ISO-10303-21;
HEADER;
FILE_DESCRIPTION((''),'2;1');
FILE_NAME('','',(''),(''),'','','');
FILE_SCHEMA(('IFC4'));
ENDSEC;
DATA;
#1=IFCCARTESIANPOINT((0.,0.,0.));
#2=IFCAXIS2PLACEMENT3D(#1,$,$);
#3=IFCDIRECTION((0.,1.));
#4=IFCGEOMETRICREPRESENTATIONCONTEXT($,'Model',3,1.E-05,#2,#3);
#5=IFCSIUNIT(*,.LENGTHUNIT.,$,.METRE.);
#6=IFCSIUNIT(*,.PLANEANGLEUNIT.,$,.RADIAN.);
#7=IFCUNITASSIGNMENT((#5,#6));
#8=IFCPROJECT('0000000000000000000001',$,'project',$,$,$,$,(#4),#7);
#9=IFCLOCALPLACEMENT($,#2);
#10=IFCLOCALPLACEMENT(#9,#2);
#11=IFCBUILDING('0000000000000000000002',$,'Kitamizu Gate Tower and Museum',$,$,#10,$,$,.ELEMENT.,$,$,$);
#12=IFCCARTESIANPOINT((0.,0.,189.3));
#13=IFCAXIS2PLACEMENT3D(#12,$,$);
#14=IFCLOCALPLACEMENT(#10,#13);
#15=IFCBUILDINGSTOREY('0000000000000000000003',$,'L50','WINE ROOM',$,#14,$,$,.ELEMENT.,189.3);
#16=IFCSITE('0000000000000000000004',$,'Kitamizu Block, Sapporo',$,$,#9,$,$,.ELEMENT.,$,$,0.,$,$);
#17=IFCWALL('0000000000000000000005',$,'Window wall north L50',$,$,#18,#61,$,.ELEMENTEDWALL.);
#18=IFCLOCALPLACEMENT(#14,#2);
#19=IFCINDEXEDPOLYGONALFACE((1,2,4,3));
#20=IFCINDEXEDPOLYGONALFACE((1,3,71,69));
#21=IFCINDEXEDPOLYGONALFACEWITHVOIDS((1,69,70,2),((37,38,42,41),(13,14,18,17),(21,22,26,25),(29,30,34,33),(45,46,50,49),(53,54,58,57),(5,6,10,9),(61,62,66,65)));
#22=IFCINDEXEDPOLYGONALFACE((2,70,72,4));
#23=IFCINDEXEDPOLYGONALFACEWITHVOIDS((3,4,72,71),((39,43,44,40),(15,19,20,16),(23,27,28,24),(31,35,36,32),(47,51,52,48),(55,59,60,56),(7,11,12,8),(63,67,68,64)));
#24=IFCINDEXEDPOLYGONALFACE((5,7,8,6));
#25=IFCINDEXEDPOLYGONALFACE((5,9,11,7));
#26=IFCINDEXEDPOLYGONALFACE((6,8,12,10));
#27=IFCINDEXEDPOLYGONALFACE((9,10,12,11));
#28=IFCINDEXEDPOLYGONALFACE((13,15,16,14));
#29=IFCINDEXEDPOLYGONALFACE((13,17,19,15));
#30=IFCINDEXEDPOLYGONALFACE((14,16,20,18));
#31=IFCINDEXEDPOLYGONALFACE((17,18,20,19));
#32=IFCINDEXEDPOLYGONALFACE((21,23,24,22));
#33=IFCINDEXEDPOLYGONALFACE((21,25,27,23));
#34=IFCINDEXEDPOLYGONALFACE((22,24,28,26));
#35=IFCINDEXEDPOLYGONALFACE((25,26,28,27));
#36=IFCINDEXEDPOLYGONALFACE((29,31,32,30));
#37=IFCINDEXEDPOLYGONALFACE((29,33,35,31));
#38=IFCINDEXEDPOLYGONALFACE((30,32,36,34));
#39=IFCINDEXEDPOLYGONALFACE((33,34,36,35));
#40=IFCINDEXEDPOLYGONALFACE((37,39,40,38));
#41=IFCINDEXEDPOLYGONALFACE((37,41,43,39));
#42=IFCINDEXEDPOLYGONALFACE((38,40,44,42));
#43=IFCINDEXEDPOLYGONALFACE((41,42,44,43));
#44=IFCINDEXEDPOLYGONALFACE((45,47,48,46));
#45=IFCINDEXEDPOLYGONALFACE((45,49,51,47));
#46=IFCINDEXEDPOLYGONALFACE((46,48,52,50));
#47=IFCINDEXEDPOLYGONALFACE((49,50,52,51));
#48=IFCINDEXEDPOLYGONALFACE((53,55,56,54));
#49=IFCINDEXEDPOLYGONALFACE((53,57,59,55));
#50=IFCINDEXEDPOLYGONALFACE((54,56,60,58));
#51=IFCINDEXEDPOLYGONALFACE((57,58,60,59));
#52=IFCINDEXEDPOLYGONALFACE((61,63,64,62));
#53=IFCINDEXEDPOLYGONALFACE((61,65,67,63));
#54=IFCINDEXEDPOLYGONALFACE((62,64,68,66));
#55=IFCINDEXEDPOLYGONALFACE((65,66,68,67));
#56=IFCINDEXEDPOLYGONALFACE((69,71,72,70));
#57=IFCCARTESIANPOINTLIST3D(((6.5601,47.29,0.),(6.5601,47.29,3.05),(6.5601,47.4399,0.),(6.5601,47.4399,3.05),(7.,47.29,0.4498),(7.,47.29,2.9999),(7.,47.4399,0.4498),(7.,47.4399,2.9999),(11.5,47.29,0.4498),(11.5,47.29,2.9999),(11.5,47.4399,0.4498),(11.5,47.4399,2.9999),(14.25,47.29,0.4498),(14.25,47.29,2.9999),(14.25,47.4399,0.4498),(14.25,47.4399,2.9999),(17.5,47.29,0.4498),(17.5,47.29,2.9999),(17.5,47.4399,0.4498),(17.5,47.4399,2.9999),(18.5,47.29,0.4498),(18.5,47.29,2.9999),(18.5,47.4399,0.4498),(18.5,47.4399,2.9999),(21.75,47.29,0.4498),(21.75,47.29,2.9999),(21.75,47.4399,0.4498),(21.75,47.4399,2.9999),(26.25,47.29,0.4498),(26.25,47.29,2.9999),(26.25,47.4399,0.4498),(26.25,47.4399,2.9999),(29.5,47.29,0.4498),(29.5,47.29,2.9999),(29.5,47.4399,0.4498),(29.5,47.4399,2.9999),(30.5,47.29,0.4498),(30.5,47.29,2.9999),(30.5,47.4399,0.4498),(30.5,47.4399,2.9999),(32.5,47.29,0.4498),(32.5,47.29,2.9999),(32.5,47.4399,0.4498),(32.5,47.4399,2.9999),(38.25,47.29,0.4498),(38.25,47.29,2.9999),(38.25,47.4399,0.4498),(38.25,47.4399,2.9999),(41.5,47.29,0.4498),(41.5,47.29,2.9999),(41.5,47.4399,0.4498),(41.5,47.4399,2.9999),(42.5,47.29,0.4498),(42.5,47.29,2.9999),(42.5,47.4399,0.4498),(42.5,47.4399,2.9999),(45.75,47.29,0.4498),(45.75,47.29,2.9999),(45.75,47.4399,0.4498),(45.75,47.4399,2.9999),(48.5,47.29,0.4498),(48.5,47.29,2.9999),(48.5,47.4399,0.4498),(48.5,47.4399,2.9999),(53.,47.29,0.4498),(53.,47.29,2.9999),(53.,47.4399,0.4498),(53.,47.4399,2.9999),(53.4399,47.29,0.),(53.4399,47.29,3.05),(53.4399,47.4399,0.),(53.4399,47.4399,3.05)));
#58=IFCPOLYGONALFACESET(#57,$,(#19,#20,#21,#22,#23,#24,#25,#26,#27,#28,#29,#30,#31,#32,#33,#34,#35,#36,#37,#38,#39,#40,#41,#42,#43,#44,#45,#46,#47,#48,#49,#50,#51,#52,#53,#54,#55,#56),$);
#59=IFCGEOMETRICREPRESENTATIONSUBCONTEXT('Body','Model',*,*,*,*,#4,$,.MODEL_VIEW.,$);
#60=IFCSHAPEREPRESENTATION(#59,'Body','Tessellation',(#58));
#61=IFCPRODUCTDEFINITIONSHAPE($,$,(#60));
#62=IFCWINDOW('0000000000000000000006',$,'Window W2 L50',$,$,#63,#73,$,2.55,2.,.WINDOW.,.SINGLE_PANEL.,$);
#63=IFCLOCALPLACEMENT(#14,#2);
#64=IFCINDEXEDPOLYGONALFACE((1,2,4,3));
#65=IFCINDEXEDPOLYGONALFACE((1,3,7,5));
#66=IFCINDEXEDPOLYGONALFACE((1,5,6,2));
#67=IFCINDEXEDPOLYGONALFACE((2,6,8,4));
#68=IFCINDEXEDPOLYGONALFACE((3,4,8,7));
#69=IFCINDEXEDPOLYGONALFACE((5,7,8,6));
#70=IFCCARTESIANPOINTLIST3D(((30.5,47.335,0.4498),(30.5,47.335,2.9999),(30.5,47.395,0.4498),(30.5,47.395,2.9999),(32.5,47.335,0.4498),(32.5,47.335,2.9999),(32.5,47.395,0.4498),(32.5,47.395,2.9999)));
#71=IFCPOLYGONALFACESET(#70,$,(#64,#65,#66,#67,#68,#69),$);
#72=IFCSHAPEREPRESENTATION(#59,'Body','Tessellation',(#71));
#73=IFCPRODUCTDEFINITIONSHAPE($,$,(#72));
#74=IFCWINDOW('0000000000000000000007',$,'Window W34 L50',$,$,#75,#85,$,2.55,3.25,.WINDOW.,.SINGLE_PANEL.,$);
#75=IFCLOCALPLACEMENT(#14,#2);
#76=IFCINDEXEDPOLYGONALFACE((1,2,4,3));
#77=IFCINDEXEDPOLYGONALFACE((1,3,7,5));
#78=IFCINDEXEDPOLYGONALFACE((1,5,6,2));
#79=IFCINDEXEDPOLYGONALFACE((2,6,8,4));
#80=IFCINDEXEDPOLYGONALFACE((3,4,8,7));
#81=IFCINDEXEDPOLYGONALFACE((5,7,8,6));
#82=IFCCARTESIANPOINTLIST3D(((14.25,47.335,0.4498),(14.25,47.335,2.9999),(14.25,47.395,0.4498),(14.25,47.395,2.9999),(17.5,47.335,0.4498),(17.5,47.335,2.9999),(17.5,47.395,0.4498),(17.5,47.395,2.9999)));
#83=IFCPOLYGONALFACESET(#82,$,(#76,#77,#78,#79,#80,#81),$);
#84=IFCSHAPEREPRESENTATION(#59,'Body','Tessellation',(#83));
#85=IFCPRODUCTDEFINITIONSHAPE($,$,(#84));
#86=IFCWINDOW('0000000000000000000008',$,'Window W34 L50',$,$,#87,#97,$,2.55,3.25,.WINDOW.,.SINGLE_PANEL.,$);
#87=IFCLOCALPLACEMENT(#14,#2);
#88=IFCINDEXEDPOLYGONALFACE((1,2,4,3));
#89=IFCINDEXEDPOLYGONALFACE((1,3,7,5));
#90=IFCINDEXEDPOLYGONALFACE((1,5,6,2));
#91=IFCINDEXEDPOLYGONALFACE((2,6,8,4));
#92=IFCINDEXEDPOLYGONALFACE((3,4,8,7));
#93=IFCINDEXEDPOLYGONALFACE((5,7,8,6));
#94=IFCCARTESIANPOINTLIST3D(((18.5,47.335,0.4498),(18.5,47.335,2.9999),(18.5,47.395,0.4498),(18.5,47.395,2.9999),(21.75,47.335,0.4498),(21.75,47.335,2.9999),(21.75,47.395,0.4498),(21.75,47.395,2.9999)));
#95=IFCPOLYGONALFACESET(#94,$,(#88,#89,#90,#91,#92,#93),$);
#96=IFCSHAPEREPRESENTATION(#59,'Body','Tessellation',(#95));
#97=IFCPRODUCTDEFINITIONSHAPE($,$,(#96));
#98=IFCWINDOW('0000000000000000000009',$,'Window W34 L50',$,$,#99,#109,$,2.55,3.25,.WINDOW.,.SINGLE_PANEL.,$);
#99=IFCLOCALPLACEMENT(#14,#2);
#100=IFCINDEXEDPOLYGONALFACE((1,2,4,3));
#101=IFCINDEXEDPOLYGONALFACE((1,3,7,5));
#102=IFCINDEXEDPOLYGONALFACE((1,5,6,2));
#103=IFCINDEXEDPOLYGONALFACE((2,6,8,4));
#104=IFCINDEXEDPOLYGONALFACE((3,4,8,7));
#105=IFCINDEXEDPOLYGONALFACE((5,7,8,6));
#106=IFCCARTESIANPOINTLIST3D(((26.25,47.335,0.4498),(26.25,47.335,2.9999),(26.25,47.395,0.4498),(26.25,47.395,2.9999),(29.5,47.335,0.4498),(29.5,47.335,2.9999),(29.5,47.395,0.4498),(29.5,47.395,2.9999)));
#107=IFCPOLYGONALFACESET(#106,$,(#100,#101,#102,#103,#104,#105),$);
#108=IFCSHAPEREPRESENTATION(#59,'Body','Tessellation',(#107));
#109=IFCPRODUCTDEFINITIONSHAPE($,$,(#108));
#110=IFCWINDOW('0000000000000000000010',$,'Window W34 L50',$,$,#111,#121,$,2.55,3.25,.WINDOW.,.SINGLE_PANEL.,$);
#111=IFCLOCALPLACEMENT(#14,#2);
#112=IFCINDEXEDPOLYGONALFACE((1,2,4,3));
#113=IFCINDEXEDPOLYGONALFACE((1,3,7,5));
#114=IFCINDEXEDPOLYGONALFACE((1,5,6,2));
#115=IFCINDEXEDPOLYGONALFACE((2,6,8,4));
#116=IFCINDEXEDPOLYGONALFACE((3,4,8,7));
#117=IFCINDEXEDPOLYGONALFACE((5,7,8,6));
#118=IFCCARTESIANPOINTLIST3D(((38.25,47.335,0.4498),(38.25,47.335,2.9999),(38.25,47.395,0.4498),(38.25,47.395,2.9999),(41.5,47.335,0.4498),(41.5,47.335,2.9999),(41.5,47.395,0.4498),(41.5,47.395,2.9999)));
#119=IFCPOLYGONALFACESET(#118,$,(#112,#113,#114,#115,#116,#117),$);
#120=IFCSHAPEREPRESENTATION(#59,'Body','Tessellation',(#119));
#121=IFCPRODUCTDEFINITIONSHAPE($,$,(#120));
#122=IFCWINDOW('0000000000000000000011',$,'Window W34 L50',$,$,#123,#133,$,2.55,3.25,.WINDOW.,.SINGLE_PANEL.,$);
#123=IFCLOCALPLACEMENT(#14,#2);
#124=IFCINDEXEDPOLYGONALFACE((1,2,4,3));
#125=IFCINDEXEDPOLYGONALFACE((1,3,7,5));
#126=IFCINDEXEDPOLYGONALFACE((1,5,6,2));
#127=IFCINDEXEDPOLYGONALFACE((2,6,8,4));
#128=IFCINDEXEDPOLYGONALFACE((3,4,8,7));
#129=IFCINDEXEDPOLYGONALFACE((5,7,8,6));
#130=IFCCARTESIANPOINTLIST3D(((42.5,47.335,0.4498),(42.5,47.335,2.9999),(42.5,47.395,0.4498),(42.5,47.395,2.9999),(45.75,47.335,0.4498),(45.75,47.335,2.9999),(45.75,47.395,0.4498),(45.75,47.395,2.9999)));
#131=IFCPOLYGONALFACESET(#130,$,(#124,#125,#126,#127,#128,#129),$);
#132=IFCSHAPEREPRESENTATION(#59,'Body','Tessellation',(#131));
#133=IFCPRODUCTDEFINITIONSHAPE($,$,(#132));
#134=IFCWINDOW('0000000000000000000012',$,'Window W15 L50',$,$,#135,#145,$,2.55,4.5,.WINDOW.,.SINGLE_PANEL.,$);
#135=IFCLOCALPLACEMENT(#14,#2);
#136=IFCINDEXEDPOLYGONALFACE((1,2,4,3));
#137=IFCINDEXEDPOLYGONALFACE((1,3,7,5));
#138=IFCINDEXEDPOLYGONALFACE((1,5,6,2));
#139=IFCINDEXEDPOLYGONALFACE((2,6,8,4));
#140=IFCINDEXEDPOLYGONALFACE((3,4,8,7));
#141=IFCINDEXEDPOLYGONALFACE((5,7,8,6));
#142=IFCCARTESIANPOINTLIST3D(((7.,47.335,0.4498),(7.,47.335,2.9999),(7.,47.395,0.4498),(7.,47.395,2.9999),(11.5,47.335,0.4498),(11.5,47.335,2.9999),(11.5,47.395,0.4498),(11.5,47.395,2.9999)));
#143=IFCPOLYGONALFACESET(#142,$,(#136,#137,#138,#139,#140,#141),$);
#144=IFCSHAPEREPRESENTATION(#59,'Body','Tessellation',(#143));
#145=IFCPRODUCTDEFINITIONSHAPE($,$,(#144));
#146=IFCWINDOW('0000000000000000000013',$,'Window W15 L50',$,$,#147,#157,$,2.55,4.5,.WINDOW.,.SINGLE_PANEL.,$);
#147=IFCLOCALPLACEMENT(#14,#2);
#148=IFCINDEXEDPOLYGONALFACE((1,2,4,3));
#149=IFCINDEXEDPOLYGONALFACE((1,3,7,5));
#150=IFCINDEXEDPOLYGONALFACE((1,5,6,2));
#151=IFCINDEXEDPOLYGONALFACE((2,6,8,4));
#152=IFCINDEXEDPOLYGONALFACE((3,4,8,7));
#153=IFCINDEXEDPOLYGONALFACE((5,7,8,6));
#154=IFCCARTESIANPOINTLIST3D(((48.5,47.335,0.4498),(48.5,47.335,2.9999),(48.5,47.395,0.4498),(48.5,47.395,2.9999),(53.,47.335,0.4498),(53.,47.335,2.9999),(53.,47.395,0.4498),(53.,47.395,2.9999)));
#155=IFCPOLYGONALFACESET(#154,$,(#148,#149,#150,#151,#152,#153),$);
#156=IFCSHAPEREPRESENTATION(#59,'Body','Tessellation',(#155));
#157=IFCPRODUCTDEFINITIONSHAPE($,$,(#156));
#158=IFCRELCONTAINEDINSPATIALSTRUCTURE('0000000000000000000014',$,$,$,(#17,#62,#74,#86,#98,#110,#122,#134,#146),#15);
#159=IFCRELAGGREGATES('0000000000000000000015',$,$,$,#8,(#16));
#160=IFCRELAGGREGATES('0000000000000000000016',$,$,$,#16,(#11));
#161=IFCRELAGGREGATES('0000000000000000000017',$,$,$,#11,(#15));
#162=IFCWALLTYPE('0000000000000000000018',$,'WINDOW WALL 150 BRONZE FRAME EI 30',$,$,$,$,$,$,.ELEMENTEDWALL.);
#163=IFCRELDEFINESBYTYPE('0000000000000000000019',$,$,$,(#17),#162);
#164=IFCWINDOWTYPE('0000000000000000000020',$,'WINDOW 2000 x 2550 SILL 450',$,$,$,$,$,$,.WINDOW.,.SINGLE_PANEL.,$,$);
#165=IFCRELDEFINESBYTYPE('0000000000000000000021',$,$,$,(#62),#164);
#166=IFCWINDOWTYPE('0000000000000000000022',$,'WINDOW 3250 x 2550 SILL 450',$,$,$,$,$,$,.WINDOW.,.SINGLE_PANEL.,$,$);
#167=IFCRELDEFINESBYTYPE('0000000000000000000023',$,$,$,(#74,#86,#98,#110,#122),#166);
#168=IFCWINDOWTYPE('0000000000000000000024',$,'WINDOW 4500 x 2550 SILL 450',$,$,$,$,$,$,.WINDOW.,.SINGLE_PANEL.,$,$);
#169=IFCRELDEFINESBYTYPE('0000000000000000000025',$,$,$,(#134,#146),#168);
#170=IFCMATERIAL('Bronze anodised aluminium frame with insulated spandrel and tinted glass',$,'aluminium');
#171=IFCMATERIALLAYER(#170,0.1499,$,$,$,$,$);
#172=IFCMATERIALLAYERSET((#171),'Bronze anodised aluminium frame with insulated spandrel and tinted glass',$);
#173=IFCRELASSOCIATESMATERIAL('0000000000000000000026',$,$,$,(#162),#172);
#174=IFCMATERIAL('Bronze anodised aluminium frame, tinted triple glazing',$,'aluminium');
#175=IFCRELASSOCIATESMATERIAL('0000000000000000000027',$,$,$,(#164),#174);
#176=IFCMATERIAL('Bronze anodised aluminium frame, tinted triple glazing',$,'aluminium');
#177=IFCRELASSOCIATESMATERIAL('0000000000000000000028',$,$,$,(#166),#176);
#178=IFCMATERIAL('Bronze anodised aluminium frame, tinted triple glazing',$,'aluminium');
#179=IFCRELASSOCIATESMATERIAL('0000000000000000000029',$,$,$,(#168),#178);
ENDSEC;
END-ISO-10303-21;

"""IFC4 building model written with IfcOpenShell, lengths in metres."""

from ifc_helpers import new_model, si_unit, direction, frame, frame_2d, origin, place, context, subcontext, project, spatial, rectangle, extrude, material, layer, layer_set, type_object, element, fill, save


model = new_model("IFC4")

# Units and contexts
model_context = context("Model", 3, precision=1e-05, world=origin(), true_north=direction((0.0, 1.0)))
body_context = subcontext(model_context, "Body", "Model", "MODEL_VIEW")
ifc_project = project(units=[si_unit("LENGTHUNIT", "METRE"), si_unit("PLANEANGLEUNIT", "RADIAN")], contexts=[model_context])

# Site, building, storey
site_placement = place(None, origin())
site = spatial("IfcSite", under=ifc_project, at=site_placement, Name="Kitamizu Block, Sapporo", CompositionType="ELEMENT", RefElevation=0.0)
building_placement = place(site_placement, origin())
building = spatial("IfcBuilding", under=site, at=building_placement, Name="Kitamizu Gate Tower and Museum", CompositionType="ELEMENT")
storey_placement = place(building_placement, frame((0.0, 0.0, 189.3)))
storey = spatial("IfcBuildingStorey", under=building, at=storey_placement, Name="L50", Description="WINE ROOM", CompositionType="ELEMENT", Elevation=189.3)

# Wall, openings, windows
ifc_material_1 = material(Name="Bronze anodised aluminium frame with insulated spandrel and tinted glass", Category="aluminium")
ifc_layer_1 = layer(ifc_material_1, 0.1499)
ifc_layer_set_1 = layer_set([ifc_layer_1], Name="Bronze anodised aluminium frame with insulated spandrel and tinted glass")
wall_type_1 = type_object("IfcWallType", Name="WINDOW WALL 150 BRONZE FRAME EI 30", PredefinedType="ELEMENTEDWALL", material=ifc_layer_set_1)
wall_1_placement = place(storey_placement, frame((6.5601, 47.365, 0.0), z_axis=(0.0, 0.0, 1.0), x_axis=(1.0, 0.0, 0.0)))
wall_1 = element("IfcWall", 1, at=wall_1_placement, inside=storey, type_object=wall_type_1, Name="Window wall north L50", PredefinedType="ELEMENTEDWALL", context=body_context, shape_type="SweptSolid", body=[
    extrude(rectangle(XDim=46.8799, YDim=0.1499, at=frame_2d((23.4399, 0.0))), origin(), (0.0, 0.0, 1.0), 3.05),
])
opening_1_placement = place(wall_1_placement, frame((0.4399, 0.0, 0.45)))
opening_1 = element("IfcOpeningElement", 2, at=opening_1_placement, cuts=wall_1, PredefinedType="OPENING", context=body_context, shape_type="SweptSolid", body=[
    extrude(rectangle(XDim=4.5, YDim=2.55, at=frame_2d((2.25, 1.2749))), frame((0.0, 0.085, 0.0), z_axis=(0.0, -1.0, 0.0), x_axis=(1.0, 0.0, 0.0)), (0.0, 0.0, 1.0), 0.1699),
])
opening_2_placement = place(wall_1_placement, frame((7.6899, 0.0, 0.45)))
opening_2 = element("IfcOpeningElement", 3, at=opening_2_placement, cuts=wall_1, PredefinedType="OPENING", context=body_context, shape_type="SweptSolid", body=[
    extrude(rectangle(XDim=3.25, YDim=2.55, at=frame_2d((1.625, 1.2749))), frame((0.0, 0.085, 0.0), z_axis=(0.0, -1.0, 0.0), x_axis=(1.0, 0.0, 0.0)), (0.0, 0.0, 1.0), 0.1699),
])
opening_3_placement = place(wall_1_placement, frame((11.9399, 0.0, 0.45)))
opening_3 = element("IfcOpeningElement", 4, at=opening_3_placement, cuts=wall_1, PredefinedType="OPENING", context=body_context, shape_type="SweptSolid", body=[
    extrude(rectangle(XDim=3.25, YDim=2.55, at=frame_2d((1.625, 1.2749))), frame((0.0, 0.085, 0.0), z_axis=(0.0, -1.0, 0.0), x_axis=(1.0, 0.0, 0.0)), (0.0, 0.0, 1.0), 0.1699),
])
opening_4_placement = place(wall_1_placement, frame((19.6899, 0.0, 0.45)))
opening_4 = element("IfcOpeningElement", 5, at=opening_4_placement, cuts=wall_1, PredefinedType="OPENING", context=body_context, shape_type="SweptSolid", body=[
    extrude(rectangle(XDim=3.25, YDim=2.55, at=frame_2d((1.625, 1.2749))), frame((0.0, 0.085, 0.0), z_axis=(0.0, -1.0, 0.0), x_axis=(1.0, 0.0, 0.0)), (0.0, 0.0, 1.0), 0.1699),
])
opening_5_placement = place(wall_1_placement, frame((23.9399, 0.0, 0.45)))
opening_5 = element("IfcOpeningElement", 6, at=opening_5_placement, cuts=wall_1, PredefinedType="OPENING", context=body_context, shape_type="SweptSolid", body=[
    extrude(rectangle(XDim=2.0, YDim=2.55, at=frame_2d((1.0, 1.2749))), frame((0.0, 0.085, 0.0), z_axis=(0.0, -1.0, 0.0), x_axis=(1.0, 0.0, 0.0)), (0.0, 0.0, 1.0), 0.1699),
])
opening_6_placement = place(wall_1_placement, frame((31.6899, 0.0, 0.45)))
opening_6 = element("IfcOpeningElement", 7, at=opening_6_placement, cuts=wall_1, PredefinedType="OPENING", context=body_context, shape_type="SweptSolid", body=[
    extrude(rectangle(XDim=3.25, YDim=2.55, at=frame_2d((1.625, 1.2749))), frame((0.0, 0.085, 0.0), z_axis=(0.0, -1.0, 0.0), x_axis=(1.0, 0.0, 0.0)), (0.0, 0.0, 1.0), 0.1699),
])
opening_7_placement = place(wall_1_placement, frame((35.9399, 0.0, 0.45)))
opening_7 = element("IfcOpeningElement", 8, at=opening_7_placement, cuts=wall_1, PredefinedType="OPENING", context=body_context, shape_type="SweptSolid", body=[
    extrude(rectangle(XDim=3.25, YDim=2.55, at=frame_2d((1.625, 1.2749))), frame((0.0, 0.085, 0.0), z_axis=(0.0, -1.0, 0.0), x_axis=(1.0, 0.0, 0.0)), (0.0, 0.0, 1.0), 0.1699),
])
opening_8_placement = place(wall_1_placement, frame((41.9399, 0.0, 0.45)))
opening_8 = element("IfcOpeningElement", 9, at=opening_8_placement, cuts=wall_1, PredefinedType="OPENING", context=body_context, shape_type="SweptSolid", body=[
    extrude(rectangle(XDim=4.5, YDim=2.55, at=frame_2d((2.25, 1.2749))), frame((0.0, 0.085, 0.0), z_axis=(0.0, -1.0, 0.0), x_axis=(1.0, 0.0, 0.0)), (0.0, 0.0, 1.0), 0.1699),
])
ifc_material_2 = material(Name="Bronze anodised aluminium frame, tinted triple glazing", Category="aluminium")
window_type_1 = type_object("IfcWindowType", Name="WINDOW 2000 x 2550 SILL 450", PartitioningType="SINGLE_PANEL", PredefinedType="WINDOW", material=ifc_material_2)
window_1_placement = place(opening_5_placement, origin())
window_1 = element("IfcWindow", 10, at=window_1_placement, inside=storey, type_object=window_type_1, Name="Window W2 L50", OverallHeight=2.55, OverallWidth=2.0, PartitioningType="SINGLE_PANEL", PredefinedType="WINDOW", context=body_context, shape_type="SweptSolid", body=[
    extrude(rectangle(XDim=2.0, YDim=2.55, at=frame_2d((1.0, 1.2749))), frame((0.0, 0.03, 0.0), z_axis=(0.0, -1.0, 0.0), x_axis=(1.0, 0.0, 0.0)), (0.0, 0.0, 1.0), 0.0601),
])
fill(opening_5, window_1)
ifc_material_3 = material(Name="Bronze anodised aluminium frame, tinted triple glazing", Category="aluminium")
window_type_2 = type_object("IfcWindowType", Name="WINDOW 3250 x 2550 SILL 450", PartitioningType="SINGLE_PANEL", PredefinedType="WINDOW", material=ifc_material_3)
window_2_placement = place(opening_2_placement, origin())
window_2 = element("IfcWindow", 11, at=window_2_placement, inside=storey, type_object=window_type_2, Name="Window W34 L50", OverallHeight=2.55, OverallWidth=3.25, PartitioningType="SINGLE_PANEL", PredefinedType="WINDOW", context=body_context, shape_type="SweptSolid", body=[
    extrude(rectangle(XDim=3.25, YDim=2.55, at=frame_2d((1.625, 1.2749))), frame((0.0, 0.03, 0.0), z_axis=(0.0, -1.0, 0.0), x_axis=(1.0, 0.0, 0.0)), (0.0, 0.0, 1.0), 0.0601),
])
fill(opening_2, window_2)
window_3_placement = place(opening_3_placement, origin())
window_3 = element("IfcWindow", 12, at=window_3_placement, inside=storey, type_object=window_type_2, Name="Window W34 L50", OverallHeight=2.55, OverallWidth=3.25, PartitioningType="SINGLE_PANEL", PredefinedType="WINDOW", context=body_context, shape_type="SweptSolid", body=[
    extrude(rectangle(XDim=3.25, YDim=2.55, at=frame_2d((1.625, 1.2749))), frame((0.0, 0.03, 0.0), z_axis=(0.0, -1.0, 0.0), x_axis=(1.0, 0.0, 0.0)), (0.0, 0.0, 1.0), 0.0601),
])
fill(opening_3, window_3)
window_4_placement = place(opening_4_placement, origin())
window_4 = element("IfcWindow", 13, at=window_4_placement, inside=storey, type_object=window_type_2, Name="Window W34 L50", OverallHeight=2.55, OverallWidth=3.25, PartitioningType="SINGLE_PANEL", PredefinedType="WINDOW", context=body_context, shape_type="SweptSolid", body=[
    extrude(rectangle(XDim=3.25, YDim=2.55, at=frame_2d((1.625, 1.2749))), frame((0.0, 0.03, 0.0), z_axis=(0.0, -1.0, 0.0), x_axis=(1.0, 0.0, 0.0)), (0.0, 0.0, 1.0), 0.0601),
])
fill(opening_4, window_4)
window_5_placement = place(opening_6_placement, origin())
window_5 = element("IfcWindow", 14, at=window_5_placement, inside=storey, type_object=window_type_2, Name="Window W34 L50", OverallHeight=2.55, OverallWidth=3.25, PartitioningType="SINGLE_PANEL", PredefinedType="WINDOW", context=body_context, shape_type="SweptSolid", body=[
    extrude(rectangle(XDim=3.25, YDim=2.55, at=frame_2d((1.625, 1.2749))), frame((0.0, 0.03, 0.0), z_axis=(0.0, -1.0, 0.0), x_axis=(1.0, 0.0, 0.0)), (0.0, 0.0, 1.0), 0.0601),
])
fill(opening_6, window_5)
window_6_placement = place(opening_7_placement, origin())
window_6 = element("IfcWindow", 15, at=window_6_placement, inside=storey, type_object=window_type_2, Name="Window W34 L50", OverallHeight=2.55, OverallWidth=3.25, PartitioningType="SINGLE_PANEL", PredefinedType="WINDOW", context=body_context, shape_type="SweptSolid", body=[
    extrude(rectangle(XDim=3.25, YDim=2.55, at=frame_2d((1.625, 1.2749))), frame((0.0, 0.03, 0.0), z_axis=(0.0, -1.0, 0.0), x_axis=(1.0, 0.0, 0.0)), (0.0, 0.0, 1.0), 0.0601),
])
fill(opening_7, window_6)
ifc_material_4 = material(Name="Bronze anodised aluminium frame, tinted triple glazing", Category="aluminium")
window_type_3 = type_object("IfcWindowType", Name="WINDOW 4500 x 2550 SILL 450", PartitioningType="SINGLE_PANEL", PredefinedType="WINDOW", material=ifc_material_4)
window_7_placement = place(opening_1_placement, origin())
window_7 = element("IfcWindow", 16, at=window_7_placement, inside=storey, type_object=window_type_3, Name="Window W15 L50", OverallHeight=2.55, OverallWidth=4.5, PartitioningType="SINGLE_PANEL", PredefinedType="WINDOW", context=body_context, shape_type="SweptSolid", body=[
    extrude(rectangle(XDim=4.5, YDim=2.55, at=frame_2d((2.25, 1.2749))), frame((0.0, 0.03, 0.0), z_axis=(0.0, -1.0, 0.0), x_axis=(1.0, 0.0, 0.0)), (0.0, 0.0, 1.0), 0.0601),
])
fill(opening_1, window_7)
window_8_placement = place(opening_8_placement, origin())
window_8 = element("IfcWindow", 17, at=window_8_placement, inside=storey, type_object=window_type_3, Name="Window W15 L50", OverallHeight=2.55, OverallWidth=4.5, PartitioningType="SINGLE_PANEL", PredefinedType="WINDOW", context=body_context, shape_type="SweptSolid", body=[
    extrude(rectangle(XDim=4.5, YDim=2.55, at=frame_2d((2.25, 1.2749))), frame((0.0, 0.03, 0.0), z_axis=(0.0, -1.0, 0.0), x_axis=(1.0, 0.0, 0.0)), (0.0, 0.0, 1.0), 0.0601),
])
fill(opening_8, window_8)

save(model, "model.ifc")
